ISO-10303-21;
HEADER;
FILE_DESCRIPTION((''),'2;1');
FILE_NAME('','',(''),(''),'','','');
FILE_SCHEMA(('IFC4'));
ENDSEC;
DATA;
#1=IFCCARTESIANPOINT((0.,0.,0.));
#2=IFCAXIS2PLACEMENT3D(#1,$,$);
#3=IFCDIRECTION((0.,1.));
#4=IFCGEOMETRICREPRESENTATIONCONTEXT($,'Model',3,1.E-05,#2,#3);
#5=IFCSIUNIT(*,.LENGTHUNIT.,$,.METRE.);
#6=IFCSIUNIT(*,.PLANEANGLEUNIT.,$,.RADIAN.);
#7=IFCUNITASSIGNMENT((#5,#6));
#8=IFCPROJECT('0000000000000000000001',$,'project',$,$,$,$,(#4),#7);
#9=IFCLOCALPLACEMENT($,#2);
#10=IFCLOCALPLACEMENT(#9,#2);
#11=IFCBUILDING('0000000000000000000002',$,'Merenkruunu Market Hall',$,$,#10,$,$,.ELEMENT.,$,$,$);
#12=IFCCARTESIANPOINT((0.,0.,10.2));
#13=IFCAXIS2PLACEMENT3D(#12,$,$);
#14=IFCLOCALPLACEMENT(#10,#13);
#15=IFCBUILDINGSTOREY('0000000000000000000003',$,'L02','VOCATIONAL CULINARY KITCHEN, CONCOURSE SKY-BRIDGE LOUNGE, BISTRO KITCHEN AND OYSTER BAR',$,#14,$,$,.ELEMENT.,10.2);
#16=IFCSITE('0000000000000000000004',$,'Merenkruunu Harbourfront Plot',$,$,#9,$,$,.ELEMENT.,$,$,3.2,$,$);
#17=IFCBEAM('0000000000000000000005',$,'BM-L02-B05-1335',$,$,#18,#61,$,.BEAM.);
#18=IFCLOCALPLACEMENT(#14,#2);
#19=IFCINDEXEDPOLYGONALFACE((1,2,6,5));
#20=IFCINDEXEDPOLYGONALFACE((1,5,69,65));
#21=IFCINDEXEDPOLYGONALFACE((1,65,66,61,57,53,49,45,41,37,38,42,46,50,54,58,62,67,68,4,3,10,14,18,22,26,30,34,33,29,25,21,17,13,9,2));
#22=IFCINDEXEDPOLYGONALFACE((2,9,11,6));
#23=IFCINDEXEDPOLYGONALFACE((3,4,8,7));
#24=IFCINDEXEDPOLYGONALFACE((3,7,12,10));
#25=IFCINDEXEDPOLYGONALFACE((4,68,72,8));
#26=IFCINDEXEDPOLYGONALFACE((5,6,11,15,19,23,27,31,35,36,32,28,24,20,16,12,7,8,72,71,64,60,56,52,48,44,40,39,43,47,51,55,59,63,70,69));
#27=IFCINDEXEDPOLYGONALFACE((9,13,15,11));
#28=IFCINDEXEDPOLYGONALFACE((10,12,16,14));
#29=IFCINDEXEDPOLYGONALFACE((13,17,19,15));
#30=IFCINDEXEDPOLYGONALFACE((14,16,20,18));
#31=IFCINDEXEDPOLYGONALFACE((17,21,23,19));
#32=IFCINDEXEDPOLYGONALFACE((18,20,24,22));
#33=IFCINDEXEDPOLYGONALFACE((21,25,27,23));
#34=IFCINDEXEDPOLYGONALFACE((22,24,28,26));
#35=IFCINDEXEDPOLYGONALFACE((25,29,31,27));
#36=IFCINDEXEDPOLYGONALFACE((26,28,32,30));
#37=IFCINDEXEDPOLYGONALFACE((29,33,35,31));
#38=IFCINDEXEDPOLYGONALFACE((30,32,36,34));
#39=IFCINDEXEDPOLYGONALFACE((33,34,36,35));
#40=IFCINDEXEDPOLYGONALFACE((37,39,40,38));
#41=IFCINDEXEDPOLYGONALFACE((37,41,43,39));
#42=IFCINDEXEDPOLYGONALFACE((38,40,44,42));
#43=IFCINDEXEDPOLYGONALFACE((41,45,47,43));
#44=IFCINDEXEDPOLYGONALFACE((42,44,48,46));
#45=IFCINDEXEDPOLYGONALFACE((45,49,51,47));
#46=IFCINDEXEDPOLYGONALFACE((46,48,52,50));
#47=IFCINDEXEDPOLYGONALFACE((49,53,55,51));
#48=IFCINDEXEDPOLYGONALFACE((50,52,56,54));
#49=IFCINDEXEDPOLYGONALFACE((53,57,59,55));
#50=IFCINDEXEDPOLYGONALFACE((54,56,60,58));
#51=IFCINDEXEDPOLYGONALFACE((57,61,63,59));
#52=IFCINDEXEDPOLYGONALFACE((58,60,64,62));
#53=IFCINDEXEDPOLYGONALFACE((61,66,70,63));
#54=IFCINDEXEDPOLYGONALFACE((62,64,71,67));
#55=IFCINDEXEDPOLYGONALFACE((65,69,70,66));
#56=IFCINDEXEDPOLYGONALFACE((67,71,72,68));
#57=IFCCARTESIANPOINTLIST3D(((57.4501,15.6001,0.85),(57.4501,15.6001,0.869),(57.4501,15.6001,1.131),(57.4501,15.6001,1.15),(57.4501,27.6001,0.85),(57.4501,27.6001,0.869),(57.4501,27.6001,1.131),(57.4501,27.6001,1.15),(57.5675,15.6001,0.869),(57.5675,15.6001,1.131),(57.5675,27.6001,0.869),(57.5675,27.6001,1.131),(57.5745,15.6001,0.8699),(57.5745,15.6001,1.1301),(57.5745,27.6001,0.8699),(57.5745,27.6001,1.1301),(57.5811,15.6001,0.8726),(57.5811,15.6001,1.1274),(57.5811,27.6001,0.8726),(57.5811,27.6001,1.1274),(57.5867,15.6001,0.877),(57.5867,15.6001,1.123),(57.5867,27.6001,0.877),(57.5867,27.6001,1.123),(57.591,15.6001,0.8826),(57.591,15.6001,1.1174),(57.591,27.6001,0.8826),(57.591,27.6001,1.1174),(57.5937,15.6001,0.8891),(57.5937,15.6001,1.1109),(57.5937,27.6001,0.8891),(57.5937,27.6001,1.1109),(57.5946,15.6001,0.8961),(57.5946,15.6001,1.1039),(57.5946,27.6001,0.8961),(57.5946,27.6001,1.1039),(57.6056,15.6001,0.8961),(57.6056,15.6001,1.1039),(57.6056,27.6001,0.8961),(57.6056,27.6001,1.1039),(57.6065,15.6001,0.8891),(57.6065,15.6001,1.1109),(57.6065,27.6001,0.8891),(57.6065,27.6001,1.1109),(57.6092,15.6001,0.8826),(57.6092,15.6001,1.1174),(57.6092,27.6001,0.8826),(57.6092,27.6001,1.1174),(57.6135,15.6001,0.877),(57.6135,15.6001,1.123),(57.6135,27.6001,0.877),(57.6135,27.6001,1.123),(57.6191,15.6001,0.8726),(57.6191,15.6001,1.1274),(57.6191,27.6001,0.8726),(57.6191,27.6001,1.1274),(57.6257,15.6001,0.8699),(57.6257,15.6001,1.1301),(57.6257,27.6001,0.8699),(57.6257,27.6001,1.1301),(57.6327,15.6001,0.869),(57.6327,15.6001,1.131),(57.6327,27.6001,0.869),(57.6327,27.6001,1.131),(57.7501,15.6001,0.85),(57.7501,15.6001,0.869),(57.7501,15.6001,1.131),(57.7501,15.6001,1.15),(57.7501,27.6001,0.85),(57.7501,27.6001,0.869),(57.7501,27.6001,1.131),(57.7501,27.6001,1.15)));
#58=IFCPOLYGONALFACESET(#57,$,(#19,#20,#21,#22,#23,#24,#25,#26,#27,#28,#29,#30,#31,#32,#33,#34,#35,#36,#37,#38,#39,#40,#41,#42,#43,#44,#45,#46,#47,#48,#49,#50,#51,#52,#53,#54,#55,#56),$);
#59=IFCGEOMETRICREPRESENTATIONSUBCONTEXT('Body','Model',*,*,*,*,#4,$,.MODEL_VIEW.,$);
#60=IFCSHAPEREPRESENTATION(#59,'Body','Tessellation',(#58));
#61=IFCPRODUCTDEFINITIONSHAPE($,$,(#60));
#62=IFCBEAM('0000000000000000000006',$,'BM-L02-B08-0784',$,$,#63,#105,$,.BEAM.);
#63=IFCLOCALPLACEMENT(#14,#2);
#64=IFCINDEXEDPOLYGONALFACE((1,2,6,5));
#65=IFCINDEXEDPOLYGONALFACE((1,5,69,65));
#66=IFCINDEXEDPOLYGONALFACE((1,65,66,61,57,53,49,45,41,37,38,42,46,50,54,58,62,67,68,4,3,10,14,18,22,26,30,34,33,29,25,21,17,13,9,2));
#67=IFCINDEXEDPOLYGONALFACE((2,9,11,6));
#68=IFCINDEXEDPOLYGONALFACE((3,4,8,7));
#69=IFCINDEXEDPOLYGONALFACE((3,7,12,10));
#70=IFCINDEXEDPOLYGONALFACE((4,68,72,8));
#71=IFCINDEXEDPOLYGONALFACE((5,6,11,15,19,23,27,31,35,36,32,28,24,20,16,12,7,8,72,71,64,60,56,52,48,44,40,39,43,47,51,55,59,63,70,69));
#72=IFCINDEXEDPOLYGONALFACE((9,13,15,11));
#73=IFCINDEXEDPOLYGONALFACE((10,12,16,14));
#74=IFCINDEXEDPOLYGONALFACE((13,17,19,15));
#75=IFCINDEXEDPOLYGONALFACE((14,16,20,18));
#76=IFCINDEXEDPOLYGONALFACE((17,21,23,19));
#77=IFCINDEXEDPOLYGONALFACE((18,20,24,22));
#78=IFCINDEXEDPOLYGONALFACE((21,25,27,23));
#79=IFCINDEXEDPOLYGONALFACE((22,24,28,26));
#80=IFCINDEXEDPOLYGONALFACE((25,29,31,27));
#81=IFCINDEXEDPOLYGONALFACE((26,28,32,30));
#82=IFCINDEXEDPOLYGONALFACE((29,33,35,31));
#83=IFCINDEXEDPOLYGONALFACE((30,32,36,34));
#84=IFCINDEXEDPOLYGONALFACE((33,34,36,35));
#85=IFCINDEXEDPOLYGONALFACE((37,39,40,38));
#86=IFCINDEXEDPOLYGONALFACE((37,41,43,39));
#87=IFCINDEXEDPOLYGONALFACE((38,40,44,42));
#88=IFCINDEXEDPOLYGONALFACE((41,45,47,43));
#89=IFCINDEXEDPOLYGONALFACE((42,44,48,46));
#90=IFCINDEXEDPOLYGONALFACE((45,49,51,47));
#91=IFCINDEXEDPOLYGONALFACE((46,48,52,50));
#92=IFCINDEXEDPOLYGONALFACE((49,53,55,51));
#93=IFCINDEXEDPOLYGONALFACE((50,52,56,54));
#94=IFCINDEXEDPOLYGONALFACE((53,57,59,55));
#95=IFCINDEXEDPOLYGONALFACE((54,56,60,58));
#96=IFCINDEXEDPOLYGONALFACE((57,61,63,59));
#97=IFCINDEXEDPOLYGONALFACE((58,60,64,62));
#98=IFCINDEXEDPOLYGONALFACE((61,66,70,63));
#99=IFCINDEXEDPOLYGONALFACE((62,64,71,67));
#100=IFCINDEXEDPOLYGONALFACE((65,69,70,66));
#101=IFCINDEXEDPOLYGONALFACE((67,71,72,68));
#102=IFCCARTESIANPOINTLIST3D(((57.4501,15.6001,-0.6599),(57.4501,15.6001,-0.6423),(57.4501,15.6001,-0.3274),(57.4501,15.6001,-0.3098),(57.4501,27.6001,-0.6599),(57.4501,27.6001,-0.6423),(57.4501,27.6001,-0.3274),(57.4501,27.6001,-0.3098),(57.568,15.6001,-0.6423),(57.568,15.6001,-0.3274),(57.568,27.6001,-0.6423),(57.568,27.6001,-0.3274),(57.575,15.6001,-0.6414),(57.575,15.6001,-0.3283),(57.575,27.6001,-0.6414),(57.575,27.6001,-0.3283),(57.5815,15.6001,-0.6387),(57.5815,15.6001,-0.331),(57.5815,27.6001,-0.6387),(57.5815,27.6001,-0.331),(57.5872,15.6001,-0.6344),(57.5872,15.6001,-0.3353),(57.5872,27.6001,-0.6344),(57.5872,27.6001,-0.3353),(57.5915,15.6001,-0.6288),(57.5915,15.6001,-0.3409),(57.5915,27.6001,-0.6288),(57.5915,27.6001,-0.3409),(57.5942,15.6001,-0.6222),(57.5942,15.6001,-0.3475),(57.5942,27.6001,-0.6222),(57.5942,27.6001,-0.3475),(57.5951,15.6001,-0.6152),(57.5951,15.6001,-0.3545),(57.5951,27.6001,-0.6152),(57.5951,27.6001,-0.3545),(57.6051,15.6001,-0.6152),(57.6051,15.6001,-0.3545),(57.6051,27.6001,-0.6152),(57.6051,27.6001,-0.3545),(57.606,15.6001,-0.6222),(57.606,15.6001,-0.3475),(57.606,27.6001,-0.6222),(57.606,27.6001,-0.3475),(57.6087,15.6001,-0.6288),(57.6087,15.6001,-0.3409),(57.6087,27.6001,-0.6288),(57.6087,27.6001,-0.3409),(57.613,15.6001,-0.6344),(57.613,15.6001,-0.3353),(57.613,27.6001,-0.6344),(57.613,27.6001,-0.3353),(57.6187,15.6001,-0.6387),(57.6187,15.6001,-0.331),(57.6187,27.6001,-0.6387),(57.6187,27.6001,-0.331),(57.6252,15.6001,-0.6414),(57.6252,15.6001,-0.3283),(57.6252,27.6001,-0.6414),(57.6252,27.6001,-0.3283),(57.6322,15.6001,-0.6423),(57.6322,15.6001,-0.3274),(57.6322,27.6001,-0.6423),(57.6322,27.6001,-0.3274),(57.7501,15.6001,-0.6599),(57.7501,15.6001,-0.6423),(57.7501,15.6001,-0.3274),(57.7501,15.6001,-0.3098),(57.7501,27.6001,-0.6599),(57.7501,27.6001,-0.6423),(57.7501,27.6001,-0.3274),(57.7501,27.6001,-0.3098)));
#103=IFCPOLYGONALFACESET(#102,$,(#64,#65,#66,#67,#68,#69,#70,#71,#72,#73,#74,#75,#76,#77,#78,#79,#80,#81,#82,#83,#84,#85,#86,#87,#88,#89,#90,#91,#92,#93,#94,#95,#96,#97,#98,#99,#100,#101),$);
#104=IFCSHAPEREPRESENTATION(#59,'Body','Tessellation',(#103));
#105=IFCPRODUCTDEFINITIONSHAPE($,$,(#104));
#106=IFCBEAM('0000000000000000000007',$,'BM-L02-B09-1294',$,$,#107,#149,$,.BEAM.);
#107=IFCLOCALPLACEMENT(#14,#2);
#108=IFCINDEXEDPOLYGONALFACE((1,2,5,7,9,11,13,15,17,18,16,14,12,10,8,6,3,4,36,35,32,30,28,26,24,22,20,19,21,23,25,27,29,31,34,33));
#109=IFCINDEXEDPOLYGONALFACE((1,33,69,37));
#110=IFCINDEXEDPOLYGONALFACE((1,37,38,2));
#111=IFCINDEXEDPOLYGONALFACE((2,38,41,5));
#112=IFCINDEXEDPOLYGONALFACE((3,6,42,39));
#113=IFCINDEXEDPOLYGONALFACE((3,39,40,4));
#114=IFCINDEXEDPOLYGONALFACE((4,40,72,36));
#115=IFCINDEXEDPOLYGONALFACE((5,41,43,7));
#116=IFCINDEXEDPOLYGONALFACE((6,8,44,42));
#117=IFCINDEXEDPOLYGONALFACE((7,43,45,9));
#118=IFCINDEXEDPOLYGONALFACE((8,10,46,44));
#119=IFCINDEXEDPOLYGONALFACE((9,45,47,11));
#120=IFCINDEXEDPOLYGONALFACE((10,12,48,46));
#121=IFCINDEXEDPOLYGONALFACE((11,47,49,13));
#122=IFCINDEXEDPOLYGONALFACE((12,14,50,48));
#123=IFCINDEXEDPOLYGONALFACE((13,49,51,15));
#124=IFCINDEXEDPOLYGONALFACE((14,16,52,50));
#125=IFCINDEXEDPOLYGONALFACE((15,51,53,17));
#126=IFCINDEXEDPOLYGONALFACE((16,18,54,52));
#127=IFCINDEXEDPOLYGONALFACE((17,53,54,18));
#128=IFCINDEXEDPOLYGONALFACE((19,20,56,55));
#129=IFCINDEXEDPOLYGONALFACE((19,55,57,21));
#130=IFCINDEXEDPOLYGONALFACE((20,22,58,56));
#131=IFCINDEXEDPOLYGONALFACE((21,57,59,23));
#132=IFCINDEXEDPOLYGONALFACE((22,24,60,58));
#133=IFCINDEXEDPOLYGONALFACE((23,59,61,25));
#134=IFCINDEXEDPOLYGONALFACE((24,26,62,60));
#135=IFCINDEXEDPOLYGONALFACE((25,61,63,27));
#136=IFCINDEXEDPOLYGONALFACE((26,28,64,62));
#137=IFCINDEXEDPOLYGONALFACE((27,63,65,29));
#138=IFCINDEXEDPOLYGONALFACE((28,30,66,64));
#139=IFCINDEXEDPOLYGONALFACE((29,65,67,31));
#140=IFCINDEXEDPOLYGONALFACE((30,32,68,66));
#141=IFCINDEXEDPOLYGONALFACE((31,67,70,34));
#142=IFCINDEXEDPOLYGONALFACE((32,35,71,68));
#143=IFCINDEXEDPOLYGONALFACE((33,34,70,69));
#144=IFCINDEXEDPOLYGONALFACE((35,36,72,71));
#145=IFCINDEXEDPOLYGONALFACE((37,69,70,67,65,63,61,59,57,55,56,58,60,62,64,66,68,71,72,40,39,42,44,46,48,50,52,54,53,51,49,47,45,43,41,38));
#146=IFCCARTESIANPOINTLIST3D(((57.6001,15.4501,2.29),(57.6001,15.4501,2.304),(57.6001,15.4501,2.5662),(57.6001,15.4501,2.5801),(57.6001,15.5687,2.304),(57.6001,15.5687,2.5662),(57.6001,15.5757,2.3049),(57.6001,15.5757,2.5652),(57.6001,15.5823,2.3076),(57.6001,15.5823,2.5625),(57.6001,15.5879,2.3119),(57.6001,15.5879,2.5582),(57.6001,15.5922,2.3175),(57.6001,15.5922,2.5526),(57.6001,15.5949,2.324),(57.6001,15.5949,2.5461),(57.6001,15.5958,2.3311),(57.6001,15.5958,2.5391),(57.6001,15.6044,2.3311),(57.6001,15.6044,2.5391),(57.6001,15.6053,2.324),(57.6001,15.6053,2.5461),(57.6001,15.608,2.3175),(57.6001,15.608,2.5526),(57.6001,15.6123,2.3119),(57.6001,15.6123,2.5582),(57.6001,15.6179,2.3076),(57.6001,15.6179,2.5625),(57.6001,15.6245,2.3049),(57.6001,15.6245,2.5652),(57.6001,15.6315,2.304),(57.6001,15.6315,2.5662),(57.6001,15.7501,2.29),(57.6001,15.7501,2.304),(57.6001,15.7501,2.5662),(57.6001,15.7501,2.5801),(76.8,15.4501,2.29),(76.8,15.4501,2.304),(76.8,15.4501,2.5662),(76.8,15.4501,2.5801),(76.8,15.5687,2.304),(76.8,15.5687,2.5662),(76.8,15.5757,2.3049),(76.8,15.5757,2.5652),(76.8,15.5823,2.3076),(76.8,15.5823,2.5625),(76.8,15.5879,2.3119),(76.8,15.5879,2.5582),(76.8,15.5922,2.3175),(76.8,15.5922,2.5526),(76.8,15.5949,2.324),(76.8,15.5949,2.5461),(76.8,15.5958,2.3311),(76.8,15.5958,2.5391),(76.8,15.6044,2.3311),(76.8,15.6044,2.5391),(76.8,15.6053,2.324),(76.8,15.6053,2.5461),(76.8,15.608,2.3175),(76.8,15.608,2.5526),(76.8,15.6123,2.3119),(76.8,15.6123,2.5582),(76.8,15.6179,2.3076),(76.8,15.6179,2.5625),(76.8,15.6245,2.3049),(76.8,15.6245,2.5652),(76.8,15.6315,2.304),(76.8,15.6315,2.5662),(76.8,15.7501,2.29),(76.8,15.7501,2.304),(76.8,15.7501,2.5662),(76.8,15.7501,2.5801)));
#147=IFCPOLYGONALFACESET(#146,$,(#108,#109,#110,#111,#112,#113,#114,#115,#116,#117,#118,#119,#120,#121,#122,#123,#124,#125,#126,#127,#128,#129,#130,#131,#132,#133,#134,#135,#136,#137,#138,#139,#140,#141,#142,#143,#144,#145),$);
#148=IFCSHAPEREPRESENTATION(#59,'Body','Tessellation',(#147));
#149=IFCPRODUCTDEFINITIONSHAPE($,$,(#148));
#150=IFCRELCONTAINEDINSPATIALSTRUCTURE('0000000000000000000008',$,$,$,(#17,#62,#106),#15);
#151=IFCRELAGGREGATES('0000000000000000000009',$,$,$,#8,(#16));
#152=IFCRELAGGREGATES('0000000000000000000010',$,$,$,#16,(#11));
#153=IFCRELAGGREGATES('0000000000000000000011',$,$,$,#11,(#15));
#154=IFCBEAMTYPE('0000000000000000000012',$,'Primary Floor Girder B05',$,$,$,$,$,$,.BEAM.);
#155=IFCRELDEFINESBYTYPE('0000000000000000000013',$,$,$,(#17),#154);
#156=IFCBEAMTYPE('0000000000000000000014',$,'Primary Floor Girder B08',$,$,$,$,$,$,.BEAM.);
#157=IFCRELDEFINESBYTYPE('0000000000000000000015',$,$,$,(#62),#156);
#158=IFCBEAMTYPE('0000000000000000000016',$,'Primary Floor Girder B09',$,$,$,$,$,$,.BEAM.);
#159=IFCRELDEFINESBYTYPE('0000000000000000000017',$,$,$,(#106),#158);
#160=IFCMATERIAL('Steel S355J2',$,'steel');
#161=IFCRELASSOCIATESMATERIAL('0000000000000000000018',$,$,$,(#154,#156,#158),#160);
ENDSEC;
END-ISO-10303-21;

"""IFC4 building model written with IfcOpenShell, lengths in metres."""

from ifc_helpers import new_model, si_unit, direction, frame, origin, origin_2d, place, context, subcontext, project, spatial, i_section, extrude, material, material_profile, profile_set, type_object, element, save


model = new_model("IFC4")

# Units and contexts
model_context = context("Model", 3, precision=1e-05, world=origin(), true_north=direction((0.0, 1.0)))
body_context = subcontext(model_context, "Body", "Model", "MODEL_VIEW")
ifc_project = project(units=[si_unit("LENGTHUNIT", "METRE"), si_unit("PLANEANGLEUNIT", "RADIAN")], contexts=[model_context])

# Site, building, storey
site_placement = place(None, origin())
site = spatial("IfcSite", under=ifc_project, at=site_placement, Name="Merenkruunu Harbourfront Plot", CompositionType="ELEMENT", RefElevation=3.2)
building_placement = place(site_placement, origin())
building = spatial("IfcBuilding", under=site, at=building_placement, Name="Merenkruunu Market Hall", CompositionType="ELEMENT")
storey_placement = place(building_placement, frame((0.0, 0.0, 10.2)))
storey = spatial("IfcBuildingStorey", under=building, at=storey_placement, Name="L02", Description="VOCATIONAL CULINARY KITCHEN, CONCOURSE SKY-BRIDGE LOUNGE, BISTRO KITCHEN AND OYSTER BAR", CompositionType="ELEMENT", Elevation=10.2)

# Beams
ifc_material_1 = material(Name="Steel S355J2", Category="steel")
ifc_material_profile_1 = material_profile(ifc_material_1, i_section(OverallWidth=0.3, OverallDepth=0.3, WebThickness=0.011, FlangeThickness=0.019, FilletRadius=0.0271, at=origin_2d()), Name="HEB 300")
ifc_profile_set_1 = profile_set([ifc_material_profile_1], Name="Steel S355J2")
beam_type_1 = type_object("IfcBeamType", Name="Primary Floor Girder B05", PredefinedType="BEAM", material=ifc_profile_set_1)
beam_1_placement = place(storey_placement, frame((57.6001, 15.6001, 1.0), z_axis=(0.0, 1.0, 0.0), x_axis=(-1.0, 0.0, 0.0)))
element("IfcBeam", 1, at=beam_1_placement, inside=storey, type_object=beam_type_1, Name="BM-L02-B05-1335", PredefinedType="BEAM", context=body_context, shape_type="SweptSolid", body=[
    extrude(i_section(OverallWidth=0.3, OverallDepth=0.3, WebThickness=0.011, FlangeThickness=0.019, FilletRadius=0.0271, at=origin_2d()), origin(), (0.0, 0.0, 1.0), 12.0),
])
ifc_material_profile_2 = material_profile(ifc_material_1, i_section(OverallWidth=0.3, OverallDepth=0.3501, WebThickness=0.01, FlangeThickness=0.0176, FilletRadius=0.0271, at=origin_2d()), Name="HEA 360")
ifc_profile_set_2 = profile_set([ifc_material_profile_2], Name="Steel S355J2")
beam_type_2 = type_object("IfcBeamType", Name="Primary Floor Girder B08", PredefinedType="BEAM", material=ifc_profile_set_2)
beam_2_placement = place(storey_placement, frame((57.6001, 15.6001, -0.4849), z_axis=(0.0, 1.0, 0.0), x_axis=(-1.0, 0.0, 0.0)))
element("IfcBeam", 2, at=beam_2_placement, inside=storey, type_object=beam_type_2, Name="BM-L02-B08-0784", PredefinedType="BEAM", context=body_context, shape_type="SweptSolid", body=[
    extrude(i_section(OverallWidth=0.3, OverallDepth=0.3501, WebThickness=0.01, FlangeThickness=0.0176, FilletRadius=0.0271, at=origin_2d()), origin(), (0.0, 0.0, 1.0), 12.0),
])
ifc_material_profile_3 = material_profile(ifc_material_1, i_section(OverallWidth=0.3, OverallDepth=0.29, WebThickness=0.0085, FlangeThickness=0.0139, FilletRadius=0.0271, at=origin_2d()), Name="HEA 300")
ifc_profile_set_3 = profile_set([ifc_material_profile_3], Name="Steel S355J2")
beam_type_3 = type_object("IfcBeamType", Name="Primary Floor Girder B09", PredefinedType="BEAM", material=ifc_profile_set_3)
beam_3_placement = place(storey_placement, frame((57.6001, 15.6001, 2.4351), z_axis=(1.0, 0.0, 0.0), x_axis=(0.0, 1.0, 0.0)))
element("IfcBeam", 3, at=beam_3_placement, inside=storey, type_object=beam_type_3, Name="BM-L02-B09-1294", PredefinedType="BEAM", context=body_context, shape_type="SweptSolid", body=[
    extrude(i_section(OverallWidth=0.3, OverallDepth=0.29, WebThickness=0.0085, FlangeThickness=0.0139, FilletRadius=0.0271, at=origin_2d()), origin(), (0.0, 0.0, 1.0), 19.2),
])

save(model, "model.ifc")
